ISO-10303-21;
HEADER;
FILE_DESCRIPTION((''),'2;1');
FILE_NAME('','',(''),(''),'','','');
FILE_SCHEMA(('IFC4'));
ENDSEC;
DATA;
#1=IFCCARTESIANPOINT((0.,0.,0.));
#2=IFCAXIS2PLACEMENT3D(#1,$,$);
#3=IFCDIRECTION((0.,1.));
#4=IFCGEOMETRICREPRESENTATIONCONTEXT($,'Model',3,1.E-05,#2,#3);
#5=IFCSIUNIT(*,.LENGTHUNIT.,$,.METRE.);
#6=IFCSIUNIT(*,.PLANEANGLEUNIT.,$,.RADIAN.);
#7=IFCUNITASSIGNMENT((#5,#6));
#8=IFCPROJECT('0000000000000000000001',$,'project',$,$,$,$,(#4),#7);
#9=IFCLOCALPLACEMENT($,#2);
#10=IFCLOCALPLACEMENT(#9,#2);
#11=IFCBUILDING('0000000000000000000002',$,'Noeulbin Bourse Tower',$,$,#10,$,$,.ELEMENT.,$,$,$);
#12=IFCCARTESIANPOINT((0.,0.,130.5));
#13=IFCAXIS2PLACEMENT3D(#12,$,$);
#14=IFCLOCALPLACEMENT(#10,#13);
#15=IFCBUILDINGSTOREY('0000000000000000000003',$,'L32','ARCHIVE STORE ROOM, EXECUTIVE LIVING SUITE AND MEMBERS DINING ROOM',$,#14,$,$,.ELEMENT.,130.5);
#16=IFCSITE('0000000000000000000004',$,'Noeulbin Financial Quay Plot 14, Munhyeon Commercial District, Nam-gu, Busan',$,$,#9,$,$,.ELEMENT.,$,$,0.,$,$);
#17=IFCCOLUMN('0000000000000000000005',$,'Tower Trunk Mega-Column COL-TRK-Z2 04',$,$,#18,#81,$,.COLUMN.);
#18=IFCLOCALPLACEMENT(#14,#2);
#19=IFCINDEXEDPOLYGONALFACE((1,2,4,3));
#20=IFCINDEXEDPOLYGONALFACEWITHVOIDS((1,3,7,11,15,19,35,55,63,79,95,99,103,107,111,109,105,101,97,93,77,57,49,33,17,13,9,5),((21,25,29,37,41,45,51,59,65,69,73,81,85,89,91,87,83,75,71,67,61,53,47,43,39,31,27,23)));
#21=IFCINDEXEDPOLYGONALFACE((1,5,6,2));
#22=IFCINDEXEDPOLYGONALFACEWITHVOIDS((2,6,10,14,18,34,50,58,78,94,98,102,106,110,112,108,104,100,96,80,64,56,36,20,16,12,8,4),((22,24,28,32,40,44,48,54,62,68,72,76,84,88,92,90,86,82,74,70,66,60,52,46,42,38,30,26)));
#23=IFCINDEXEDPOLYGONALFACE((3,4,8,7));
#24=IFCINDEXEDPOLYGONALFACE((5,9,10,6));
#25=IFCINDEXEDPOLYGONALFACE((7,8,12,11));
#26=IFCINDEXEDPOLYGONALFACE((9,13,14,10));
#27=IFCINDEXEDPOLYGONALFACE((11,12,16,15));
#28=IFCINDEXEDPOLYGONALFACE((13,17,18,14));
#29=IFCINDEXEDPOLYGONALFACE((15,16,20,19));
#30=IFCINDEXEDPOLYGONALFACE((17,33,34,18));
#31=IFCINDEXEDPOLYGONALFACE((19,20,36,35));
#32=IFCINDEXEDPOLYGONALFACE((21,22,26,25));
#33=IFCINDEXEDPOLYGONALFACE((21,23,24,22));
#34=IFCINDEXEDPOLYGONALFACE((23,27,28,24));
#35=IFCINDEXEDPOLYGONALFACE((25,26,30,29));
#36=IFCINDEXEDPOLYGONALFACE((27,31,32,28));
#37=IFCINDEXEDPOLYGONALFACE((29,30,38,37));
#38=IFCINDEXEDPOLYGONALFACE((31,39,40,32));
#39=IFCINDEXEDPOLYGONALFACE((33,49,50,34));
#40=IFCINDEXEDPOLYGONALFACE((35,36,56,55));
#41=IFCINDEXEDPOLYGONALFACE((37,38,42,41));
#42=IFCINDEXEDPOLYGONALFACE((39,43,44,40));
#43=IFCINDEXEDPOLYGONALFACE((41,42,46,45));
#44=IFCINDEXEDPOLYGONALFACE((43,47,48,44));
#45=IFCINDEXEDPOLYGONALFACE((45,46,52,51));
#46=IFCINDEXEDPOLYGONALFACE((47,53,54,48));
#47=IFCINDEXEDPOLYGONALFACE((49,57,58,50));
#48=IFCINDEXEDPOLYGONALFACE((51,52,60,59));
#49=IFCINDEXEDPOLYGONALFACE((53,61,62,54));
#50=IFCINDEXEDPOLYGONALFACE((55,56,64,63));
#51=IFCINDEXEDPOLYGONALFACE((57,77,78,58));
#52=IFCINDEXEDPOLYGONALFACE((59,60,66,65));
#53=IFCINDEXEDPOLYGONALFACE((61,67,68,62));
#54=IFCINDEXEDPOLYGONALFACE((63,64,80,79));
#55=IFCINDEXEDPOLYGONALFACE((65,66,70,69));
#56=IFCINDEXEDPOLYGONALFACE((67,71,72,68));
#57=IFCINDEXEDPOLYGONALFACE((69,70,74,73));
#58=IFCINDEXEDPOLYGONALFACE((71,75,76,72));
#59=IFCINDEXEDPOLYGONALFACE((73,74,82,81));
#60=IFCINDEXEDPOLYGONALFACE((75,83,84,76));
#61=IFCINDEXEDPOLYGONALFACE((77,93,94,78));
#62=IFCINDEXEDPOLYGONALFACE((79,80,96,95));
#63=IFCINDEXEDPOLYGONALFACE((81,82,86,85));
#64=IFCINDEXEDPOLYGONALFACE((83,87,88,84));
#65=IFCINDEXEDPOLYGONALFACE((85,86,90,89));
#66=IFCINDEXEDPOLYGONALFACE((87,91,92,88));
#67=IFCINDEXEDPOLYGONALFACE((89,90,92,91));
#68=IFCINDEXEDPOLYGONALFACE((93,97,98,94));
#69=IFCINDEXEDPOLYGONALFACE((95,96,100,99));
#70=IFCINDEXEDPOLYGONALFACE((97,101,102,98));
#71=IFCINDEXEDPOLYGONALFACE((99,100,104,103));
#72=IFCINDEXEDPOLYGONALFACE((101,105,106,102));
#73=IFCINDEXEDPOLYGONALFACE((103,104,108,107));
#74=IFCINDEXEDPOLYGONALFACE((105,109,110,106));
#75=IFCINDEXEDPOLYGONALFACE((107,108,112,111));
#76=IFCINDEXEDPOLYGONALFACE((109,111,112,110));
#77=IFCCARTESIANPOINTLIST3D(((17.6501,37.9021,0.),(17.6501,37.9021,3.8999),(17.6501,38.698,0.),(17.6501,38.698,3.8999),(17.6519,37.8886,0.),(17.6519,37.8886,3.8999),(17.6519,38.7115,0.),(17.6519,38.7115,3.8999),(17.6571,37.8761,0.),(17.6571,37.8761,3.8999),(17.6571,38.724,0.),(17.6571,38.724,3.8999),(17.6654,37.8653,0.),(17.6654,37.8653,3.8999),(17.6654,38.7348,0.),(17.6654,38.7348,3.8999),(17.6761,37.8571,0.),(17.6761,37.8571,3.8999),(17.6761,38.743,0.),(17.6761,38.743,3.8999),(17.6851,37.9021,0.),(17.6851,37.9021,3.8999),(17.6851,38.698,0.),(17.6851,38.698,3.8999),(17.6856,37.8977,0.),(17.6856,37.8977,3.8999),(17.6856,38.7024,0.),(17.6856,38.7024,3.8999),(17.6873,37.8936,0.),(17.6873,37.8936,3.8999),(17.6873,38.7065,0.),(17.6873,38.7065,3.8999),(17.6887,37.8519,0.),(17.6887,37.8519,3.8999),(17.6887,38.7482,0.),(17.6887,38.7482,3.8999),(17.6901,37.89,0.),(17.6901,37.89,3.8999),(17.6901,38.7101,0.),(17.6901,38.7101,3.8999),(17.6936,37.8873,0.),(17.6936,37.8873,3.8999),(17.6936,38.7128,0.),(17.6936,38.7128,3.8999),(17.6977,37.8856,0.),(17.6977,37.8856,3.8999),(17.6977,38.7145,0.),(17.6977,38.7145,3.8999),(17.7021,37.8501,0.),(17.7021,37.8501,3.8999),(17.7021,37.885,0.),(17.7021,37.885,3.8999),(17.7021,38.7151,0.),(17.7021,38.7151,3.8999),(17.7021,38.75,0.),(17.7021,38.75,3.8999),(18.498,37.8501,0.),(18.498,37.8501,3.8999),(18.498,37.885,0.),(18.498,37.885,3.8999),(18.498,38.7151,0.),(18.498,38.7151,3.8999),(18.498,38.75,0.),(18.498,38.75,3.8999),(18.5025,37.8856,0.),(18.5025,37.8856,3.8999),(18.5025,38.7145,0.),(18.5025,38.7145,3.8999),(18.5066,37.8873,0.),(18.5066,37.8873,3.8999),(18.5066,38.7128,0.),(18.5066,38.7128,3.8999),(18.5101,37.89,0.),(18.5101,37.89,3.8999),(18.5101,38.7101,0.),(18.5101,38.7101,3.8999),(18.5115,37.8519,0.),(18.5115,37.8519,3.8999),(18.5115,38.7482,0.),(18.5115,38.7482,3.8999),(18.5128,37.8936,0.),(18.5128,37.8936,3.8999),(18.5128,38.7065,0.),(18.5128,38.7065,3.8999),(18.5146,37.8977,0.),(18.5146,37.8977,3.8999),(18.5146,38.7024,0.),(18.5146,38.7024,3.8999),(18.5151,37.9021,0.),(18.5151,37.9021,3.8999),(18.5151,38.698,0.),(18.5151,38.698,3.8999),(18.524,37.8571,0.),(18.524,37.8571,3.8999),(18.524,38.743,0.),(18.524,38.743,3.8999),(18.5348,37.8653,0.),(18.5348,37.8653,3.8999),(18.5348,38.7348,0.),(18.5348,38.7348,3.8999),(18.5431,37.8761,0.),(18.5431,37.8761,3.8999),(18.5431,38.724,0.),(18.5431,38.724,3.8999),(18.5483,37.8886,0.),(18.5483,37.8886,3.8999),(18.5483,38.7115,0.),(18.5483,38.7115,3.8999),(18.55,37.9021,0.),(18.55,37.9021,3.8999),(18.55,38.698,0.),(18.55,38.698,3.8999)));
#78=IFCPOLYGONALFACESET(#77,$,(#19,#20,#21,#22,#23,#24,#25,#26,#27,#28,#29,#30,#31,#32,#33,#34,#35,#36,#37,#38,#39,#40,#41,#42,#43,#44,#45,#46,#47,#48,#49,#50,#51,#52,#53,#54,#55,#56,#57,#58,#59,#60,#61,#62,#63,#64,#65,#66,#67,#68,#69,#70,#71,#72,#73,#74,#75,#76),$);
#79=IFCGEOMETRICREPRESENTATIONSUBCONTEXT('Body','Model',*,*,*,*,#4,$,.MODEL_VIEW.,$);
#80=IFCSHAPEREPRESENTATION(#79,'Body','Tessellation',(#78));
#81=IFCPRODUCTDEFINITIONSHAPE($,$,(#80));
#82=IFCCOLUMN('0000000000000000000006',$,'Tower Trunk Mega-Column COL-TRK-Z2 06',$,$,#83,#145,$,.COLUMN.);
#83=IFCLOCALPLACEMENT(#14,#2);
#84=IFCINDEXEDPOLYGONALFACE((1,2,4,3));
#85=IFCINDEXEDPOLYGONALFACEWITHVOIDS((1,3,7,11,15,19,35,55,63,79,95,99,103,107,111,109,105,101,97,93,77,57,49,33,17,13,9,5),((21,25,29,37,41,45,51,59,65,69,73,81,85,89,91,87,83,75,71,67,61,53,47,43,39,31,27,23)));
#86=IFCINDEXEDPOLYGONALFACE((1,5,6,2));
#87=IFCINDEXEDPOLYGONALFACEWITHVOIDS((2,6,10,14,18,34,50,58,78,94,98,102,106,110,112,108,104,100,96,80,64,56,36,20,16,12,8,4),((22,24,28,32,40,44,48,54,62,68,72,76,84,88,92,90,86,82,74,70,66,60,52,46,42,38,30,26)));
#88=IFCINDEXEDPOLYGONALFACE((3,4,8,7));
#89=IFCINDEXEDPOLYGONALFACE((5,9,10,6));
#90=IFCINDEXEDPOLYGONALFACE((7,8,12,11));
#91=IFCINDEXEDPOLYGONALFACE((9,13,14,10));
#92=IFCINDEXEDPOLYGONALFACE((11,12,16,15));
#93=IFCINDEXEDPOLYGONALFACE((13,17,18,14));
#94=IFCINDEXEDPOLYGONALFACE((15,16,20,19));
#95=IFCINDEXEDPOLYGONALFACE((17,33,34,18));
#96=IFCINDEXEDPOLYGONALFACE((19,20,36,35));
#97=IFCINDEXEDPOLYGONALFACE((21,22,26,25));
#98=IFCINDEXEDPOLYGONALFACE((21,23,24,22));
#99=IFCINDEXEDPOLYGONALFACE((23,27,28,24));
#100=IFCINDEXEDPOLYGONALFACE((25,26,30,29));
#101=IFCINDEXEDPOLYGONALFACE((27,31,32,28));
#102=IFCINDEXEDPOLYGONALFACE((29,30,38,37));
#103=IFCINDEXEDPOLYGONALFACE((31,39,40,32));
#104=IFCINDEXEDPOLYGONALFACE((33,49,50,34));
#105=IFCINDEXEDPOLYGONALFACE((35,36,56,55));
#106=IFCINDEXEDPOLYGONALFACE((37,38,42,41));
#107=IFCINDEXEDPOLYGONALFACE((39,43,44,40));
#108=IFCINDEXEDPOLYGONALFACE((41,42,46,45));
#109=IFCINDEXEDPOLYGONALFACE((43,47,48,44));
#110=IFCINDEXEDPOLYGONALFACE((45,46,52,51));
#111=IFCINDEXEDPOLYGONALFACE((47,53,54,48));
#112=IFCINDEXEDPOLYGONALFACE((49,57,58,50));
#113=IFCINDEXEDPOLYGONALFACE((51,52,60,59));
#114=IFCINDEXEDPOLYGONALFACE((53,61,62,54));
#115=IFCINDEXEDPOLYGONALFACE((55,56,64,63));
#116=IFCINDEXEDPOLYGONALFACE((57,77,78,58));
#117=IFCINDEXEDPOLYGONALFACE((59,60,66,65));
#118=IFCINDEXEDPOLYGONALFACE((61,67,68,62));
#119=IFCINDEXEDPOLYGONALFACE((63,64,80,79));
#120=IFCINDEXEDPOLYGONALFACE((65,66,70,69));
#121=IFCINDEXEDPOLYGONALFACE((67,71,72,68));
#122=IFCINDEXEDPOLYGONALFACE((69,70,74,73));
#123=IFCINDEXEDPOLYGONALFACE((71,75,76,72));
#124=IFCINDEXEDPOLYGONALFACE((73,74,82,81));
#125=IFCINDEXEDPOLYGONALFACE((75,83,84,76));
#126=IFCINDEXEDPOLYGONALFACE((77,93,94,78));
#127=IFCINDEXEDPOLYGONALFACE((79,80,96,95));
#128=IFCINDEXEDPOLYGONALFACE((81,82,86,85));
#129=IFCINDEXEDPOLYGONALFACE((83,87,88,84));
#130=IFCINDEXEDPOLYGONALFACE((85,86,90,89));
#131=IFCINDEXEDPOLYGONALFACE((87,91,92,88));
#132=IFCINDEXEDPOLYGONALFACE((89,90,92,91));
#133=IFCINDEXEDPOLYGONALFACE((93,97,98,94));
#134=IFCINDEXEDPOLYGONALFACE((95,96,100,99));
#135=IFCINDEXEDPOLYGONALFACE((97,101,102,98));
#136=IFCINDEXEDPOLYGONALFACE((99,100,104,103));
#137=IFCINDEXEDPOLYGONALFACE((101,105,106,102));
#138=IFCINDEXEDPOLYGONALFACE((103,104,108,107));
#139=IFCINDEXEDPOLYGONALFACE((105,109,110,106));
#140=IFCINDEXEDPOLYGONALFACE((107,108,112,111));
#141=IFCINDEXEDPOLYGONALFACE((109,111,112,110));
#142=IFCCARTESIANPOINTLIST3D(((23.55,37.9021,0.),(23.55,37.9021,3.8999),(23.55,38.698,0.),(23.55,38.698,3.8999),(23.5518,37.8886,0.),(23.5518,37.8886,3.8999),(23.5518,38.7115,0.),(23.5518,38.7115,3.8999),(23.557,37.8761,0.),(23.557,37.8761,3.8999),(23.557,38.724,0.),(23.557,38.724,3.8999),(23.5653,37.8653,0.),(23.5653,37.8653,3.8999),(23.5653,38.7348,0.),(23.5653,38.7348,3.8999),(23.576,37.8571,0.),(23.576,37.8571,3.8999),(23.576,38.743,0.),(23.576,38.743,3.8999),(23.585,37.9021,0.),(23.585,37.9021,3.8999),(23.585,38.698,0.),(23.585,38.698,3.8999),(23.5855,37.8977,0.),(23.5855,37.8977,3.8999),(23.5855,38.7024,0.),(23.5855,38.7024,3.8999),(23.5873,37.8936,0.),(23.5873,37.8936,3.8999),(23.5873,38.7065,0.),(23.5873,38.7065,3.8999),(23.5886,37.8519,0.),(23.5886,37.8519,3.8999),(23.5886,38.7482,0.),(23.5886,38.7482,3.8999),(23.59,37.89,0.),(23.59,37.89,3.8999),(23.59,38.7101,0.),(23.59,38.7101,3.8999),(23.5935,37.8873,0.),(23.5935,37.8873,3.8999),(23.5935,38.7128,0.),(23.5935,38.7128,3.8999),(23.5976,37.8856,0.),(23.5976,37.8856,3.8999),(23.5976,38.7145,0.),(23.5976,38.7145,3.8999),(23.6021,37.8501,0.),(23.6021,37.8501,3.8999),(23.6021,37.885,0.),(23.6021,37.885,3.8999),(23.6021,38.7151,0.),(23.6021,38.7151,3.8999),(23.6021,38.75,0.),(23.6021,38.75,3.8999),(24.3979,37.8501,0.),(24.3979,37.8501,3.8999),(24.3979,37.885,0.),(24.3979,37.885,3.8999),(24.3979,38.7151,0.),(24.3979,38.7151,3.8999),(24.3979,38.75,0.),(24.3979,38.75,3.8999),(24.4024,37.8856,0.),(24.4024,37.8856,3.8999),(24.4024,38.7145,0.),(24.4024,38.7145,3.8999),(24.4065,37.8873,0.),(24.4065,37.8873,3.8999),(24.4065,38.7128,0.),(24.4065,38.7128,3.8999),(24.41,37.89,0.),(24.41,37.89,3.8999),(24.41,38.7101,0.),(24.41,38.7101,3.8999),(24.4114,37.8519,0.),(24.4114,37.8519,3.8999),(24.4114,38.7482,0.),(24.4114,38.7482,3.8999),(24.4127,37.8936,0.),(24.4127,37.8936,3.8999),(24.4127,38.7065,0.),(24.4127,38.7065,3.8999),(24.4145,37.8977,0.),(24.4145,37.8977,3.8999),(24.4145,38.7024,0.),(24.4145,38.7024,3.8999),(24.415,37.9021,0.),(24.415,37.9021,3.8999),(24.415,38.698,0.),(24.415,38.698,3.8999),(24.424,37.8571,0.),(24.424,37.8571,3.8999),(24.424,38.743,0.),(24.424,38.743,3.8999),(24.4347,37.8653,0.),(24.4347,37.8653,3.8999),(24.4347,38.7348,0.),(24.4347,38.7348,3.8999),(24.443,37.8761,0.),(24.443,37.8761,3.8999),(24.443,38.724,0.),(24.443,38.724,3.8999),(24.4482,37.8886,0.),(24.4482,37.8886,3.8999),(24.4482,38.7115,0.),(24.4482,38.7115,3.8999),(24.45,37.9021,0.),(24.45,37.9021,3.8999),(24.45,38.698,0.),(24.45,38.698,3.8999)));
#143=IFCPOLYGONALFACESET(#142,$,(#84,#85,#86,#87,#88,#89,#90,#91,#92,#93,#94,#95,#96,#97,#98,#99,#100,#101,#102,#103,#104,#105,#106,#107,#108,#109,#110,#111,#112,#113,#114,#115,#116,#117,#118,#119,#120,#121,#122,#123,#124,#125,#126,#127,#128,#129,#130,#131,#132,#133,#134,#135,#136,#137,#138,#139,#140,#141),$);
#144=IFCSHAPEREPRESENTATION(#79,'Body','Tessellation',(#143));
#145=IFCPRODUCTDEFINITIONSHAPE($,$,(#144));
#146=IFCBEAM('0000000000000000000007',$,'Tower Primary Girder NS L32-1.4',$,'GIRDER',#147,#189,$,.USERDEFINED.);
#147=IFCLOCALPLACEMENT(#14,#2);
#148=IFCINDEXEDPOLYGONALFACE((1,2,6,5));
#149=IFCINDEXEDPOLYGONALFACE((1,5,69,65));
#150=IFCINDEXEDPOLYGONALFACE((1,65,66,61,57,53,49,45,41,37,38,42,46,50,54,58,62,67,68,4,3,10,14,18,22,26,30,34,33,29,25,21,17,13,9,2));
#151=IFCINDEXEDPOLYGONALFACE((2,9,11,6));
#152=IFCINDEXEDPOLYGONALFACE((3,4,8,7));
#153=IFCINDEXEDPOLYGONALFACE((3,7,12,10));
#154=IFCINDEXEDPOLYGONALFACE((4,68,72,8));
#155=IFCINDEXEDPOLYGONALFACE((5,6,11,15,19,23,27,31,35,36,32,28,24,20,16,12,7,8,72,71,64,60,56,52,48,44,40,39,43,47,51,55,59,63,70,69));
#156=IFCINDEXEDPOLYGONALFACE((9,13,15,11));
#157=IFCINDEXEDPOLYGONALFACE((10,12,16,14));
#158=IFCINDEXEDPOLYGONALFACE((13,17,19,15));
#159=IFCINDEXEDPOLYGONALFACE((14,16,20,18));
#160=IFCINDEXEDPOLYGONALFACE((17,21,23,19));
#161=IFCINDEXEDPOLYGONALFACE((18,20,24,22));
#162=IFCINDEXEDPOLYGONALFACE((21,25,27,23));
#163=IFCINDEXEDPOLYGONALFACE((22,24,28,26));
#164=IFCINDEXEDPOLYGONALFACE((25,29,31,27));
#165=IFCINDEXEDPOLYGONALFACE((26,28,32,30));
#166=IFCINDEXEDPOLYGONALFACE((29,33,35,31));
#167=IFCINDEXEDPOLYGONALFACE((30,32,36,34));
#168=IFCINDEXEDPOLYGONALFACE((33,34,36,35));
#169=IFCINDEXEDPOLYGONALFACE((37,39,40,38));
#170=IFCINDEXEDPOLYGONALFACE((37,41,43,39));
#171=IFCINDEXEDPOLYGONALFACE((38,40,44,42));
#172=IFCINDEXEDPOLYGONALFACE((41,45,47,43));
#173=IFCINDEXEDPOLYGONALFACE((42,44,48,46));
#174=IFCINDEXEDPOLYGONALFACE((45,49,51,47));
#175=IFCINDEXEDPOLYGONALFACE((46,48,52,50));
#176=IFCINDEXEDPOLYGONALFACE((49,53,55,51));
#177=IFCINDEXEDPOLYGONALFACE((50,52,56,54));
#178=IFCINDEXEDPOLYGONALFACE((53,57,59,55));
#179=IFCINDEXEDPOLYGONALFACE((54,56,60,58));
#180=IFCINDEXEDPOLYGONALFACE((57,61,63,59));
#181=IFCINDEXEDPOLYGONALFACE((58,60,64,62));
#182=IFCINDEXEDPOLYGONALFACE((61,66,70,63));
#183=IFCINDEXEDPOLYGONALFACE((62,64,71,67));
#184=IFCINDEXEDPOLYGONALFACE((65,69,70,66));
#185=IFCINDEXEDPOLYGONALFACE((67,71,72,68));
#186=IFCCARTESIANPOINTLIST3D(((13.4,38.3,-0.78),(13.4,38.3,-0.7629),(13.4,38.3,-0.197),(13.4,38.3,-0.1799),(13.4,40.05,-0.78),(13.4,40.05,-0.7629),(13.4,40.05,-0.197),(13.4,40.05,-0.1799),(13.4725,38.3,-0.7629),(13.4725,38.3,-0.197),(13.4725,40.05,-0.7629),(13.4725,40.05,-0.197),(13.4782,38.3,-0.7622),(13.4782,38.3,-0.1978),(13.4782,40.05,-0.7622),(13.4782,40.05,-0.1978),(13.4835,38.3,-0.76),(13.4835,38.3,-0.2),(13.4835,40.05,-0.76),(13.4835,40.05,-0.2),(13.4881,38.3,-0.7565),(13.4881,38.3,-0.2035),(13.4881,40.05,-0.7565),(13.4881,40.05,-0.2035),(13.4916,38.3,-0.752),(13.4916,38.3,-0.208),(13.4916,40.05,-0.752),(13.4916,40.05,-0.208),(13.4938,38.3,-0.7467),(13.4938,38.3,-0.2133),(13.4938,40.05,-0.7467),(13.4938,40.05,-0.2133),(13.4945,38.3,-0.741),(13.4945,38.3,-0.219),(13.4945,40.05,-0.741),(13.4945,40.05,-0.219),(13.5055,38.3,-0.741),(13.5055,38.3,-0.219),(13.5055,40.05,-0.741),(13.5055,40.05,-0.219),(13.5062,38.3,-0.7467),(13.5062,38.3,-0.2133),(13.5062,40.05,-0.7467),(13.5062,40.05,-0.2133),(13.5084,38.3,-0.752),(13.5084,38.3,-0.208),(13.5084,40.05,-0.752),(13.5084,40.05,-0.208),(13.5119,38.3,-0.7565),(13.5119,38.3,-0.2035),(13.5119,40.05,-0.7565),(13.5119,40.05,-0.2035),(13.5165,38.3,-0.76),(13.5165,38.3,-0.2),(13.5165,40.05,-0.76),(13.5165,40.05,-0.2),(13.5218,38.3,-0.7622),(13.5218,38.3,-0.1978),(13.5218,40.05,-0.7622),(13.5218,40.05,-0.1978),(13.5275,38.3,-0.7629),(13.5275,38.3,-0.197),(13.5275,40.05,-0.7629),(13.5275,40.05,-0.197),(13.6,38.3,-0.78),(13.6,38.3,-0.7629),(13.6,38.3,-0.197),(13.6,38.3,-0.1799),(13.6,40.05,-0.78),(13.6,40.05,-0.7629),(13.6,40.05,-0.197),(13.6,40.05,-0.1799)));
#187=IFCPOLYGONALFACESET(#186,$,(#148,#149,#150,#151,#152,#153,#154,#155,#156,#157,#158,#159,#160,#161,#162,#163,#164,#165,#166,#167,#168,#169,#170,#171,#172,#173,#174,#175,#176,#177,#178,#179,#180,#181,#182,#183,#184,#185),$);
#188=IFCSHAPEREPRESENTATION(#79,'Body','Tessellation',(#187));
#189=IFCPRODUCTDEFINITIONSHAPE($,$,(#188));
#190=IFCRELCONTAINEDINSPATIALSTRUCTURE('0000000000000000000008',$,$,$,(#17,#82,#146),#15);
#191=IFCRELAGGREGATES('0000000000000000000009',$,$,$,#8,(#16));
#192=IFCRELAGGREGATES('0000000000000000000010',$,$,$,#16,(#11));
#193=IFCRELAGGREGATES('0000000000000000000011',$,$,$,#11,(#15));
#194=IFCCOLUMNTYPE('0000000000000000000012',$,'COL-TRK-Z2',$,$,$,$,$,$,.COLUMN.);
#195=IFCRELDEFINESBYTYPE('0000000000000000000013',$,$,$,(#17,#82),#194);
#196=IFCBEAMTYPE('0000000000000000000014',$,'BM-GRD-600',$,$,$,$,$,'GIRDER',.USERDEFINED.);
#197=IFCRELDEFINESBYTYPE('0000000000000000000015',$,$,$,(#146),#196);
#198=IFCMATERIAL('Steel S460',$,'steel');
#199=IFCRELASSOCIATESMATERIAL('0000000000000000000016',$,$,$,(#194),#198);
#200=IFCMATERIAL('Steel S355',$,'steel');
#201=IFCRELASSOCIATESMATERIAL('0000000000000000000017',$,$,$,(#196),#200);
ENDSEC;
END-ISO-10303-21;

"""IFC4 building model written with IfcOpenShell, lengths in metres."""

from ifc_helpers import new_model, si_unit, direction, frame, origin, origin_2d, place, context, subcontext, project, spatial, hollow_rectangle, i_section, extrude, material, material_profile, profile_set, type_object, element, save


model = new_model("IFC4")

# Units and contexts
model_context = context("Model", 3, precision=1e-05, world=origin(), true_north=direction((0.0, 1.0)))
body_context = subcontext(model_context, "Body", "Model", "MODEL_VIEW")
ifc_project = project(units=[si_unit("LENGTHUNIT", "METRE"), si_unit("PLANEANGLEUNIT", "RADIAN")], contexts=[model_context])

# Site, building, storey
site_placement = place(None, origin())
site = spatial("IfcSite", under=ifc_project, at=site_placement, Name="Noeulbin Financial Quay Plot 14, Munhyeon Commercial District, Nam-gu, Busan", CompositionType="ELEMENT", RefElevation=0.0)
building_placement = place(site_placement, origin())
building = spatial("IfcBuilding", under=site, at=building_placement, Name="Noeulbin Bourse Tower", CompositionType="ELEMENT")
storey_placement = place(building_placement, frame((0.0, 0.0, 130.5)))
storey = spatial("IfcBuildingStorey", under=building, at=storey_placement, Name="L32", Description="ARCHIVE STORE ROOM, EXECUTIVE LIVING SUITE AND MEMBERS DINING ROOM", CompositionType="ELEMENT", Elevation=130.5)

# Columns
ifc_material_1 = material(Name="Steel S460", Category="steel")
ifc_material_profile_1 = material_profile(ifc_material_1, hollow_rectangle(XDim=0.8999, YDim=0.8999, WallThickness=0.0349, InnerFilletRadius=0.0171, OuterFilletRadius=0.052, at=origin_2d()), Name="BOX-900x900x35", Category="LoadBearing")
ifc_profile_set_1 = profile_set([ifc_material_profile_1], Name="Steel S460")
column_type = type_object("IfcColumnType", Name="COL-TRK-Z2", PredefinedType="COLUMN", material=ifc_profile_set_1)
for number, where, z_axis, x_axis, name in (
    (1, (18.1001, 38.3, 0.0), (0.0, 0.0, 1.0), (1.0, 0.0, 0.0), "Tower Trunk Mega-Column COL-TRK-Z2 04"),
    (2, (24.0, 38.3, 0.0), (0.0, 0.0, 1.0), (1.0, 0.0, 0.0), "Tower Trunk Mega-Column COL-TRK-Z2 06"),
):
    element("IfcColumn", number, at=place(storey_placement, frame(where, z_axis=z_axis, x_axis=x_axis)), inside=storey, type_object=column_type, Name=name, PredefinedType="COLUMN", context=body_context, shape_type="SweptSolid", body=[
        extrude(hollow_rectangle(XDim=0.8999, YDim=0.8999, WallThickness=0.0349, InnerFilletRadius=0.0171, OuterFilletRadius=0.052, at=origin_2d()), origin(), (0.0, 0.0, 1.0), 3.8999),
    ])

# Beam
ifc_material_2 = material(Name="Steel S355", Category="steel")
ifc_material_profile_2 = material_profile(ifc_material_2, i_section(OverallWidth=0.2, OverallDepth=0.6001, WebThickness=0.011, FlangeThickness=0.0171, FilletRadius=0.022, at=origin_2d()), Name="H-600x200x11x17", Category="LoadBearing")
ifc_profile_set_2 = profile_set([ifc_material_profile_2], Name="Steel S355")
beam_type = type_object("IfcBeamType", Name="BM-GRD-600", ElementType="GIRDER", PredefinedType="USERDEFINED", material=ifc_profile_set_2)
for number, where, z_axis, x_axis, name in (
    (3, (13.5, 38.3, -0.48), (0.0, 1.0, 0.0), (-1.0, 0.0, 0.0), "Tower Primary Girder NS L32-1.4"),
):
    element("IfcBeam", number, at=place(storey_placement, frame(where, z_axis=z_axis, x_axis=x_axis)), inside=storey, type_object=beam_type, Name=name, ObjectType="GIRDER", PredefinedType="USERDEFINED", context=body_context, shape_type="SweptSolid", body=[
        extrude(i_section(OverallWidth=0.2, OverallDepth=0.6001, WebThickness=0.011, FlangeThickness=0.0171, FilletRadius=0.022, at=origin_2d()), origin(), (0.0, 0.0, 1.0), 1.75),
    ])

save(model, "model.ifc")
